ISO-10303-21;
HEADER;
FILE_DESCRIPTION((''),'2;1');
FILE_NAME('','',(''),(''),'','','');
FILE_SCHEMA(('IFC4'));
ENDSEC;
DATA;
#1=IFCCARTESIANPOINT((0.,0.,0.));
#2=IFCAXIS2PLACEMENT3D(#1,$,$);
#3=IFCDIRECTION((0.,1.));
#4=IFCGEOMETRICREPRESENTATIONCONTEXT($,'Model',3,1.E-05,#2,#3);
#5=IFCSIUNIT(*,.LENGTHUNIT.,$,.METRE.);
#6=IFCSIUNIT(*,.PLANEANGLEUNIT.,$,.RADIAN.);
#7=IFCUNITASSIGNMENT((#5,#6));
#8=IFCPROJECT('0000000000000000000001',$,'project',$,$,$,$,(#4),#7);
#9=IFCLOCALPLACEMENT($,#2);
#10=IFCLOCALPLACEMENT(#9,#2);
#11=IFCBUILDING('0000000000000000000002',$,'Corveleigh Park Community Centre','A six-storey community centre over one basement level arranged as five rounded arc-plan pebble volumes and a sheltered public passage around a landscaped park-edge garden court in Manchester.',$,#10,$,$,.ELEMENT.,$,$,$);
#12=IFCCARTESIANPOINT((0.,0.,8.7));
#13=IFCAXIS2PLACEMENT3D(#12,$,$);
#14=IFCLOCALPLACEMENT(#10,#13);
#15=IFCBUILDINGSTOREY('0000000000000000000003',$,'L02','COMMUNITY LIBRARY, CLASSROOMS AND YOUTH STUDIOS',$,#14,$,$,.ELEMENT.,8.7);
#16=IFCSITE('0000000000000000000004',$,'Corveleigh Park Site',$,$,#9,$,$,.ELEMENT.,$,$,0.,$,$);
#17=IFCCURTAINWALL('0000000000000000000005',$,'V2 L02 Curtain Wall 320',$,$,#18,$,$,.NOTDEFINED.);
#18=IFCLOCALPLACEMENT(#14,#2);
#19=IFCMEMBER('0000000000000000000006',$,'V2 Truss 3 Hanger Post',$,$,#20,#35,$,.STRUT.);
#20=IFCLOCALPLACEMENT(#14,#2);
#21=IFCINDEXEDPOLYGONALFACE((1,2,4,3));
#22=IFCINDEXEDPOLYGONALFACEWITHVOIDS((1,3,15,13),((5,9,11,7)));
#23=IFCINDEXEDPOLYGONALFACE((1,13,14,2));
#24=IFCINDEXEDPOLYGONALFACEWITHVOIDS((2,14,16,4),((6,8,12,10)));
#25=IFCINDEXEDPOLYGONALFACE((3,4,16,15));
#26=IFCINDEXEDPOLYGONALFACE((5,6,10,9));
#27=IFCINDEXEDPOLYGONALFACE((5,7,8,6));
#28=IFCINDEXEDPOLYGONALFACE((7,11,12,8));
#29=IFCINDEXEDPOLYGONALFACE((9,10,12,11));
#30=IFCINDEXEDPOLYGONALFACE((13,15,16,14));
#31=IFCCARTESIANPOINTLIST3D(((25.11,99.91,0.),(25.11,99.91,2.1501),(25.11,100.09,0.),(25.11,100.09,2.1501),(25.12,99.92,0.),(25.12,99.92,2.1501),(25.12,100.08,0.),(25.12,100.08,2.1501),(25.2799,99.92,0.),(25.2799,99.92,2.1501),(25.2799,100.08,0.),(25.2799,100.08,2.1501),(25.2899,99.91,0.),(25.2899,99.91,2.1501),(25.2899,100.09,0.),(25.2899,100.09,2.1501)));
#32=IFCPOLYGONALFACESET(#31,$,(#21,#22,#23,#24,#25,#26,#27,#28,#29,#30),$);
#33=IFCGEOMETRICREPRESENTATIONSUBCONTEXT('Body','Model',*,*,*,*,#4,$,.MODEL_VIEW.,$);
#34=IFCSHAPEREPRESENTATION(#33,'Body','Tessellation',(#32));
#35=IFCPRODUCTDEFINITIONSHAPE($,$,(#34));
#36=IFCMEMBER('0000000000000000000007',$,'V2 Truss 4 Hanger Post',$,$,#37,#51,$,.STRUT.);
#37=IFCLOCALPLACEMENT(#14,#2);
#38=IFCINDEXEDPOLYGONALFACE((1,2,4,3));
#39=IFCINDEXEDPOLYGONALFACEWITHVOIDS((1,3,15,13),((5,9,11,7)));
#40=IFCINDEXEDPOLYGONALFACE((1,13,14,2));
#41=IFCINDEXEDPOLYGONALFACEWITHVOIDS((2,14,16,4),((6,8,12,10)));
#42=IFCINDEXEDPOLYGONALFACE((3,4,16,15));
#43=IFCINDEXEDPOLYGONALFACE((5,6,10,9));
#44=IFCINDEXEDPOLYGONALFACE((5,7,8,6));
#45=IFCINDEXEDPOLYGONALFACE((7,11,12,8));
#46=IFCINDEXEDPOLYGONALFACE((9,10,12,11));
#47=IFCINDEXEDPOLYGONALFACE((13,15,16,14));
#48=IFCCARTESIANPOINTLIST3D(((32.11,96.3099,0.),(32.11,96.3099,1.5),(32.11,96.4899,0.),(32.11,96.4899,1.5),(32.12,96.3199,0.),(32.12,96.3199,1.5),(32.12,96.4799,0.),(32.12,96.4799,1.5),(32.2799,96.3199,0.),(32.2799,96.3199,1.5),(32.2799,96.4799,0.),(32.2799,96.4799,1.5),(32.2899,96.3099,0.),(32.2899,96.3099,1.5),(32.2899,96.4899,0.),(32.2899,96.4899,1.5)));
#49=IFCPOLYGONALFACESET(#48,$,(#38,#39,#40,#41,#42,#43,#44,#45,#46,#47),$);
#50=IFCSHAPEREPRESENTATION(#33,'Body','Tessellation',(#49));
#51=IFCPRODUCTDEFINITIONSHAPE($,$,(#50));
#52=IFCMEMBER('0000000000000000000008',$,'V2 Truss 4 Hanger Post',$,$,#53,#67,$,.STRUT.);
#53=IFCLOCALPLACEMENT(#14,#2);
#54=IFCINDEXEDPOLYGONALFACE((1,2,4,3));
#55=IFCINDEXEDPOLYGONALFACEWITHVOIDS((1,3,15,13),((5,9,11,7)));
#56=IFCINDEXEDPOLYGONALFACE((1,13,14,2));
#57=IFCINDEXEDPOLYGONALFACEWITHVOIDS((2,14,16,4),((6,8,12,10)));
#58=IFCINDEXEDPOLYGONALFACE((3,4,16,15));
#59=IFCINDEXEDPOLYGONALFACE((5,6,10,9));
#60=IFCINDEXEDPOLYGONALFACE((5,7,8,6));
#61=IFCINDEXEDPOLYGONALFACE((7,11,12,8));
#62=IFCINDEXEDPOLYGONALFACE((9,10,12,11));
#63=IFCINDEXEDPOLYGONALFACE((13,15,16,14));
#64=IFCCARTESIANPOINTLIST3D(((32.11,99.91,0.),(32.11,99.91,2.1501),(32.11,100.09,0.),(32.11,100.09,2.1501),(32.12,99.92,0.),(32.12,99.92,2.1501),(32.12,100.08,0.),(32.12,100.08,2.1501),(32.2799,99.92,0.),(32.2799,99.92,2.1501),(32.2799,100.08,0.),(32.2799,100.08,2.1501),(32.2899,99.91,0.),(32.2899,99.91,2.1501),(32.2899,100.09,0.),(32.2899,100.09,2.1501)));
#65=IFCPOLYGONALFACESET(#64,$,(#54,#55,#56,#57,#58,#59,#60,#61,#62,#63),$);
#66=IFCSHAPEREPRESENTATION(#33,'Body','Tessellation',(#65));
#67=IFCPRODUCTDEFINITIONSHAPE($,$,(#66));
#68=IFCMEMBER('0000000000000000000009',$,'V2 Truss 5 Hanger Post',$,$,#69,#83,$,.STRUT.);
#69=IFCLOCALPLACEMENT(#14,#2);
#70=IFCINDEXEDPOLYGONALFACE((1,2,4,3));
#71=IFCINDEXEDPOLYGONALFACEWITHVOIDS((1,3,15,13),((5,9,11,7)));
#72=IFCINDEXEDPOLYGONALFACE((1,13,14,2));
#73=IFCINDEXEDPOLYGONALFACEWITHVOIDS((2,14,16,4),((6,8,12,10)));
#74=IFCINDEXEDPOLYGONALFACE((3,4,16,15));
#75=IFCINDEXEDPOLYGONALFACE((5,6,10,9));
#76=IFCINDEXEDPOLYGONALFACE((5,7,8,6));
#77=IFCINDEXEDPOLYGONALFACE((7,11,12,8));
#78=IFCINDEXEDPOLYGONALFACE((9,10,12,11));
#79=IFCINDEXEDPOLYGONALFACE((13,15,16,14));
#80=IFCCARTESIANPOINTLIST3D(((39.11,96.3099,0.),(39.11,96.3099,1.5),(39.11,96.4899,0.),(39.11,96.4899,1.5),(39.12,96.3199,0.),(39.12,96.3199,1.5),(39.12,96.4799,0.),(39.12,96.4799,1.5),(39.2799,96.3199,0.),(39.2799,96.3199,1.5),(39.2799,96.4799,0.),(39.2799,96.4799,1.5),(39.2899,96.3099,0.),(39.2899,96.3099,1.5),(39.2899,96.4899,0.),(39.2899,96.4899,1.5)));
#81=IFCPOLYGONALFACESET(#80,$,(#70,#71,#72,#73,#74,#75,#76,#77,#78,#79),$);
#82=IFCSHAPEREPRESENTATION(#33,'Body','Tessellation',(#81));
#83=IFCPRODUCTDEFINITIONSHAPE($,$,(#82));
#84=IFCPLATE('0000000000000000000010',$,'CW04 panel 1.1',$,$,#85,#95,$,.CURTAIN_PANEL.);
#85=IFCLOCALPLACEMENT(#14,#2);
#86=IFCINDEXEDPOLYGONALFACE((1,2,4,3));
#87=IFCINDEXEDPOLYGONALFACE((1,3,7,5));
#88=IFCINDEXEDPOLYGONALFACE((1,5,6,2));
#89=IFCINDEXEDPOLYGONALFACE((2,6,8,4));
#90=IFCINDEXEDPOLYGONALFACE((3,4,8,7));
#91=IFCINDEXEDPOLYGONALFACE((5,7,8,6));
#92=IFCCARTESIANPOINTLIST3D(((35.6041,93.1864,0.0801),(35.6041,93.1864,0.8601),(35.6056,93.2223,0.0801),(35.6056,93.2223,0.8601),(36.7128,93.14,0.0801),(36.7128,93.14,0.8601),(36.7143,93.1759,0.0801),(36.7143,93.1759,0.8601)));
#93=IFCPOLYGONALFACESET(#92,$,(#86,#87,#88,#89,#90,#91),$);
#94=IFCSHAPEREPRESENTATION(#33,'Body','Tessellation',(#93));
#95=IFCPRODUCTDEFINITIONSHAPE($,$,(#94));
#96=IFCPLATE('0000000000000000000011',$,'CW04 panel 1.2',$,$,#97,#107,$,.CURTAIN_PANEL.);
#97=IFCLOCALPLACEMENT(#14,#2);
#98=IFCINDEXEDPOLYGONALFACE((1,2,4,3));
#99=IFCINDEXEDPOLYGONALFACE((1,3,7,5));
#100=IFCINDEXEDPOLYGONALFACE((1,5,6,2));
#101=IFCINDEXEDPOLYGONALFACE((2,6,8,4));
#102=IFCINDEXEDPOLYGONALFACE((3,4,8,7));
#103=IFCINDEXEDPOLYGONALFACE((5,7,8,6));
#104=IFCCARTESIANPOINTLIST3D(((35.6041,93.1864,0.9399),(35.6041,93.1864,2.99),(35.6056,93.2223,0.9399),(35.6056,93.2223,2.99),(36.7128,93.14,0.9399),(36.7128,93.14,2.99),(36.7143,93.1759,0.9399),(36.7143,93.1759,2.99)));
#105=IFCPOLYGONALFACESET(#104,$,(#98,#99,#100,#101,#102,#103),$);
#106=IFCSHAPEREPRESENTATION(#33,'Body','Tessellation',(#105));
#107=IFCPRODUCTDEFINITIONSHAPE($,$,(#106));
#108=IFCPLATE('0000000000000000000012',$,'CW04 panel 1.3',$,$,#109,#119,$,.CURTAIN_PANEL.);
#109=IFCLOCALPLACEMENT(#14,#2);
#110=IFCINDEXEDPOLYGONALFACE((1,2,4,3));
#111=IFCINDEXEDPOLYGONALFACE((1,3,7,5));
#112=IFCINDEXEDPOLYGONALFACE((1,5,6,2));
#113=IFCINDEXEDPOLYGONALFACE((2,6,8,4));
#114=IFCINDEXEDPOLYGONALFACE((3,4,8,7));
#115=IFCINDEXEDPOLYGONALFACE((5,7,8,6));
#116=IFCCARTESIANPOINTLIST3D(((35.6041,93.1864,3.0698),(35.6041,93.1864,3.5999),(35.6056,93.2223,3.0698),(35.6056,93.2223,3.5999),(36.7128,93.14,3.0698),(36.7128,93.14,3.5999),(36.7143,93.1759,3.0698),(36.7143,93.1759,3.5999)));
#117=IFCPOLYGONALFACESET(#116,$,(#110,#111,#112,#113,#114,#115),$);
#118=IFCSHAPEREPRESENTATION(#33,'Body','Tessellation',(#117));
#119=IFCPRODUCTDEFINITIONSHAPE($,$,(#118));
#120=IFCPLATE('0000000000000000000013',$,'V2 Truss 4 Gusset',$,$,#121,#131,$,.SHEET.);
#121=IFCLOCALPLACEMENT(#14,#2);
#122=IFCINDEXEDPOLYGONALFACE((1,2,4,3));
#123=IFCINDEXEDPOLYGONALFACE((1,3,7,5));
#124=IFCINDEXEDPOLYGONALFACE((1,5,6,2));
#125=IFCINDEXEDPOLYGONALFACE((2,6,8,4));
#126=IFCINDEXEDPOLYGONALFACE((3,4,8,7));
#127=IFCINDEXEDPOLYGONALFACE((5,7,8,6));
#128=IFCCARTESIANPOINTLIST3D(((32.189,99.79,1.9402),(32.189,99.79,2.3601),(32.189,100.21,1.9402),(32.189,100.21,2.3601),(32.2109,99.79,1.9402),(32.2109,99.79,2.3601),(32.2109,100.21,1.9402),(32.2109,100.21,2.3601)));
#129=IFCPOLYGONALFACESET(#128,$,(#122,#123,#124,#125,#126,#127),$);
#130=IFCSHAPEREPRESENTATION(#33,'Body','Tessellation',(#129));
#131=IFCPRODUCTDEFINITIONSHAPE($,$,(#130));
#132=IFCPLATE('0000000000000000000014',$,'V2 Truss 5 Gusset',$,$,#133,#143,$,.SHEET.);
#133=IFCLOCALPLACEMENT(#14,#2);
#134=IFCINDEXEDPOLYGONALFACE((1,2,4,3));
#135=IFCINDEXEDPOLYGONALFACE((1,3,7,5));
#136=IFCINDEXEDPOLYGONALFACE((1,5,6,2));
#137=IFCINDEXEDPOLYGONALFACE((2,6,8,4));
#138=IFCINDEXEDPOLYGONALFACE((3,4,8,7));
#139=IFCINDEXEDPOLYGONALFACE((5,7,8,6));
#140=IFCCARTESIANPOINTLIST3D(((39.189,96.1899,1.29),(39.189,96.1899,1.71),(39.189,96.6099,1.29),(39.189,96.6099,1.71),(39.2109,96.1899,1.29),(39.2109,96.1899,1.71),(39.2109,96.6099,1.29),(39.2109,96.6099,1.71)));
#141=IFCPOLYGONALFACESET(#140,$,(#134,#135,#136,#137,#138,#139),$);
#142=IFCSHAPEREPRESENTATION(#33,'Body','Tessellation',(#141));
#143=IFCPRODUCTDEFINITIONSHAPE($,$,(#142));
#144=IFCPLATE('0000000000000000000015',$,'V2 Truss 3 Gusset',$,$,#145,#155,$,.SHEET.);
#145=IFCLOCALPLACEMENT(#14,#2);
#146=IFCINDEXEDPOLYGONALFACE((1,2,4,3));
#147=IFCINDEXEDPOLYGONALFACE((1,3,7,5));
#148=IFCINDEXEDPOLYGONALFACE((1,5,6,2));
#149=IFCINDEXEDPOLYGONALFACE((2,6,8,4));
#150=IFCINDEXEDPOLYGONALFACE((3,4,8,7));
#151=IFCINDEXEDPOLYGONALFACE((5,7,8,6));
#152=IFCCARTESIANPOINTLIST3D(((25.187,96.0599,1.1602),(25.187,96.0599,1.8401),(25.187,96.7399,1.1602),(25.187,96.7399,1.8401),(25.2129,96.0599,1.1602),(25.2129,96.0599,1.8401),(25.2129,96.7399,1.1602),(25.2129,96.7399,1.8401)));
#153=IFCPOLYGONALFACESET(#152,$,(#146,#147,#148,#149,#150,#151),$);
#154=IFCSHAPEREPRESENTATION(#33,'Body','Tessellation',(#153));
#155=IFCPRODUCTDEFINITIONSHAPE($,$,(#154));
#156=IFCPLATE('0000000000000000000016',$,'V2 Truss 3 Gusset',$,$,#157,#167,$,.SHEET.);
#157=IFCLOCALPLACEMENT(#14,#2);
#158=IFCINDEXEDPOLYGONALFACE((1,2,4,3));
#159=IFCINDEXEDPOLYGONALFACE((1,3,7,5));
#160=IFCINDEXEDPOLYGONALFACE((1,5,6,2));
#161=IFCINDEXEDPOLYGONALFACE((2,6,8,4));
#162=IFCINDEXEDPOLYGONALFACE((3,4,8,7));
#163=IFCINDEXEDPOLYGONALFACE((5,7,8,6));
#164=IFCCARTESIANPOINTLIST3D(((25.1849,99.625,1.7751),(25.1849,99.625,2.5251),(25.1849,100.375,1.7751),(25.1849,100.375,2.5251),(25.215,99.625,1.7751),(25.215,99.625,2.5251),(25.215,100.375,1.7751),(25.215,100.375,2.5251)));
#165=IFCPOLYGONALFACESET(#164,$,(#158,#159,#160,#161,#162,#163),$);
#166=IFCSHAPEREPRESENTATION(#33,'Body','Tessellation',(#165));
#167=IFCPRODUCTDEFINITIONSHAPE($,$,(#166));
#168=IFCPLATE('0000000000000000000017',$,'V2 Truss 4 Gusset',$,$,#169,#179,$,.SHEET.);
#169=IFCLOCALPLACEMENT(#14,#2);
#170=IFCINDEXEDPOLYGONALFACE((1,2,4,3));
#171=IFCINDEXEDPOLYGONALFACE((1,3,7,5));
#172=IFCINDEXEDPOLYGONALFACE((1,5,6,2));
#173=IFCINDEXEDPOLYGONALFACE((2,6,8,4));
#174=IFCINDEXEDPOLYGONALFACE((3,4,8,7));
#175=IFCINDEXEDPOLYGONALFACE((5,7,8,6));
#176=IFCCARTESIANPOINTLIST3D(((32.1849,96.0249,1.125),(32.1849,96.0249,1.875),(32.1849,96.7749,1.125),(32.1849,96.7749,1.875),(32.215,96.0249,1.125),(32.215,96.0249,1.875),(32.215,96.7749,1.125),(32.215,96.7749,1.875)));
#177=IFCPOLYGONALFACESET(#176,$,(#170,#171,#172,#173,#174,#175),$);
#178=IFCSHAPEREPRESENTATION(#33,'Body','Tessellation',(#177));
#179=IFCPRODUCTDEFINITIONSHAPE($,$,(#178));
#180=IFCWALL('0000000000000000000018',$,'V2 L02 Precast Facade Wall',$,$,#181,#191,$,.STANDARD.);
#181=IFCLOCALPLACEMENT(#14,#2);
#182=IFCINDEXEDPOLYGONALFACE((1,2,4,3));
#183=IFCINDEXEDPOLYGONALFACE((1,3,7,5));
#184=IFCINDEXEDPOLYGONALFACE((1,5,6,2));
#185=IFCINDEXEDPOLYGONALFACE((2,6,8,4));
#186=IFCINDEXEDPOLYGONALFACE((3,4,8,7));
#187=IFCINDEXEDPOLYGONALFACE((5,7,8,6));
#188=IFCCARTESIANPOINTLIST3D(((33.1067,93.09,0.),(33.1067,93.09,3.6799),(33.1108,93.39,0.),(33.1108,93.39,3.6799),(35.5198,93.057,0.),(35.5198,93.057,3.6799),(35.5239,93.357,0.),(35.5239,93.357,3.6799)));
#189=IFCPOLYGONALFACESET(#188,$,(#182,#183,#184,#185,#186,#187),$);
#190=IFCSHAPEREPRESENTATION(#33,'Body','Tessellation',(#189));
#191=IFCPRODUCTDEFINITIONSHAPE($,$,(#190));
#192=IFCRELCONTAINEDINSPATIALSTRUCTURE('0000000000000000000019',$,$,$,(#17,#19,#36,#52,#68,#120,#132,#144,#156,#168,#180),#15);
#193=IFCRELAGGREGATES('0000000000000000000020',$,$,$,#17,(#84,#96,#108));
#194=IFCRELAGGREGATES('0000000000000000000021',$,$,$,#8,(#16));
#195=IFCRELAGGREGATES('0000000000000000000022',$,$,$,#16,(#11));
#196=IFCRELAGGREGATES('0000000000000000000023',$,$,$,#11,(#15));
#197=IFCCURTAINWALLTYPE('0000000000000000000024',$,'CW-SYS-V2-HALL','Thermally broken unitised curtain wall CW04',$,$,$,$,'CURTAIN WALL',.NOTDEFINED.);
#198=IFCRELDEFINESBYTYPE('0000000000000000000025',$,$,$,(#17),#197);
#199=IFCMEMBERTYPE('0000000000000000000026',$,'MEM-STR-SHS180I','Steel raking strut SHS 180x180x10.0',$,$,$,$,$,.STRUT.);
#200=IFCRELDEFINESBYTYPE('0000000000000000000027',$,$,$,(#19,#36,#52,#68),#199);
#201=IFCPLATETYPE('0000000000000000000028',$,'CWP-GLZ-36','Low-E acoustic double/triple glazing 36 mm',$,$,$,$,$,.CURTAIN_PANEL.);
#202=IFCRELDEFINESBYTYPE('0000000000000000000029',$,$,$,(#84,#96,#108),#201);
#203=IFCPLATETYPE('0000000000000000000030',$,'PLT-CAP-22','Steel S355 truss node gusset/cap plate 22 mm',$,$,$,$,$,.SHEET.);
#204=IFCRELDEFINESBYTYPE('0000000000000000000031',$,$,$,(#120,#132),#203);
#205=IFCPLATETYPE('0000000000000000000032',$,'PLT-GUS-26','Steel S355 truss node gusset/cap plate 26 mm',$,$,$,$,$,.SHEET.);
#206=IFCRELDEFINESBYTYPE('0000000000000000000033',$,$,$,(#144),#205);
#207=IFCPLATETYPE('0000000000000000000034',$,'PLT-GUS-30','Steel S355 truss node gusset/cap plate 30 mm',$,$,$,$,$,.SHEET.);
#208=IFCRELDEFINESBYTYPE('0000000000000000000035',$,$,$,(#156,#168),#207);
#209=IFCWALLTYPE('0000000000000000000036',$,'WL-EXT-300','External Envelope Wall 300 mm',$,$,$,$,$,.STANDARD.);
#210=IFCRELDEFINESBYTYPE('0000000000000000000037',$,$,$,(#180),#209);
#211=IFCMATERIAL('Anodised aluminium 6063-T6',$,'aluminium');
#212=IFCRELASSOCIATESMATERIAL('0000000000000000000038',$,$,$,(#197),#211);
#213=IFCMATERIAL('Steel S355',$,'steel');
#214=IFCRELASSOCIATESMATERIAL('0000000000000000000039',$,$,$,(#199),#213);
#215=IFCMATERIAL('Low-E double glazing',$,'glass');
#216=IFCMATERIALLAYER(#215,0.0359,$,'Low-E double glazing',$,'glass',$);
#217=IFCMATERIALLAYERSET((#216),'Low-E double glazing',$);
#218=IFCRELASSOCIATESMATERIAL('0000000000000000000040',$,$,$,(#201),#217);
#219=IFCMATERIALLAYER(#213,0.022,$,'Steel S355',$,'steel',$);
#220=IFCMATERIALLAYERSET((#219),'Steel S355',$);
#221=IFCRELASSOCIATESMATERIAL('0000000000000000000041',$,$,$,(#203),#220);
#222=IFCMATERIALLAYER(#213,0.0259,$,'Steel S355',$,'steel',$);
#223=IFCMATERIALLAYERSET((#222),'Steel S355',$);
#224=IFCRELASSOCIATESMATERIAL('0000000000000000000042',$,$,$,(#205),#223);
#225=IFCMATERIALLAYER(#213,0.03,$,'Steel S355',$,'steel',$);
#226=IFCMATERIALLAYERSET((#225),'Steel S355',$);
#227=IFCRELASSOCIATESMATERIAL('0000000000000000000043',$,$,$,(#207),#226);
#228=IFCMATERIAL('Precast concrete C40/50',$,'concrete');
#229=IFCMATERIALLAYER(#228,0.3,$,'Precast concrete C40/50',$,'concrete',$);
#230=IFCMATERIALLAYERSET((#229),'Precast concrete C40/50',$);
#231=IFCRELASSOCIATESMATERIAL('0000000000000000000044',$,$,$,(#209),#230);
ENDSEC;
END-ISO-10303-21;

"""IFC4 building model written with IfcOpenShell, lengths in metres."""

from ifc_helpers import new_model, si_unit, direction, frame, frame_2d, origin, origin_2d, place, context, subcontext, project, spatial, rectangle, hollow_rectangle, extrude, material, layer, layer_set, material_profile, profile_set, type_object, element, aggregate, save


model = new_model("IFC4")

# Units and contexts
model_context = context("Model", 3, precision=1e-05, world=origin(), true_north=direction((0.0, 1.0)))
body_context = subcontext(model_context, "Body", "Model", "MODEL_VIEW")
ifc_project = project(units=[si_unit("LENGTHUNIT", "METRE"), si_unit("PLANEANGLEUNIT", "RADIAN")], contexts=[model_context])

# Site, building, storey
site_placement = place(None, origin())
site = spatial("IfcSite", under=ifc_project, at=site_placement, Name="Corveleigh Park Site", CompositionType="ELEMENT", RefElevation=0.0)
building_placement = place(site_placement, origin())
building = spatial("IfcBuilding", under=site, at=building_placement, Name="Corveleigh Park Community Centre", Description="A six-storey community centre over one basement level arranged as five rounded arc-plan pebble volumes and a sheltered public passage around a landscaped park-edge garden court in Manchester.", CompositionType="ELEMENT")
storey_placement = place(building_placement, frame((0.0, 0.0, 8.7)))
storey = spatial("IfcBuildingStorey", under=building, at=storey_placement, Name="L02", Description="COMMUNITY LIBRARY, CLASSROOMS AND YOUTH STUDIOS", CompositionType="ELEMENT", Elevation=8.7)

# Curtain wall
ifc_material_1 = material(Name="Anodised aluminium 6063-T6", Category="aluminium")
curtain_wall_type = type_object("IfcCurtainWallType", Name="CW-SYS-V2-HALL", Description="Thermally broken unitised curtain wall CW04", ElementType="CURTAIN WALL", PredefinedType="NOTDEFINED", material=ifc_material_1)
curtain_wall_1_placement = place(storey_placement, origin())
curtain_wall_1 = element("IfcCurtainWall", 1, at=curtain_wall_1_placement, inside=storey, type_object=curtain_wall_type, Name="V2 L02 Curtain Wall 320", PredefinedType="NOTDEFINED")

# Members
ifc_material_2 = material(Name="Steel S355", Category="steel")
ifc_material_profile_1 = material_profile(ifc_material_2, hollow_rectangle(XDim=0.1799, YDim=0.1799, WallThickness=0.01, at=origin_2d()), Name="SHS 180x180x10.0", Category="steel")
ifc_profile_set_1 = profile_set([ifc_material_profile_1], Name="Steel S355")
member_type_1 = type_object("IfcMemberType", Name="MEM-STR-SHS180I", Description="Steel raking strut SHS 180x180x10.0", PredefinedType="STRUT", material=ifc_profile_set_1)
member_1_placement = place(storey_placement, frame((25.2, 100.0, 0.0), z_axis=(0.0, 0.0, 1.0), x_axis=(1.0, 0.0, 0.0)))
element("IfcMember", 2, at=member_1_placement, inside=storey, type_object=member_type_1, Name="V2 Truss 3 Hanger Post", PredefinedType="STRUT", context=body_context, shape_type="SweptSolid", body=[
    extrude(hollow_rectangle(XDim=0.1799, YDim=0.1799, WallThickness=0.01, at=origin_2d()), origin(), (0.0, 0.0, 1.0), 2.1501),
])
member_2_placement = place(storey_placement, frame((32.2, 96.3999, 0.0), z_axis=(0.0, 0.0, 1.0), x_axis=(1.0, 0.0, 0.0)))
element("IfcMember", 3, at=member_2_placement, inside=storey, type_object=member_type_1, Name="V2 Truss 4 Hanger Post", PredefinedType="STRUT", context=body_context, shape_type="SweptSolid", body=[
    extrude(hollow_rectangle(XDim=0.1799, YDim=0.1799, WallThickness=0.01, at=origin_2d()), origin(), (0.0, 0.0, 1.0), 1.5),
])
member_3_placement = place(storey_placement, frame((32.2, 100.0, 0.0), z_axis=(0.0, 0.0, 1.0), x_axis=(1.0, 0.0, 0.0)))
element("IfcMember", 4, at=member_3_placement, inside=storey, type_object=member_type_1, Name="V2 Truss 4 Hanger Post", PredefinedType="STRUT", context=body_context, shape_type="SweptSolid", body=[
    extrude(hollow_rectangle(XDim=0.1799, YDim=0.1799, WallThickness=0.01, at=origin_2d()), origin(), (0.0, 0.0, 1.0), 2.1501),
])
member_4_placement = place(storey_placement, frame((39.2, 96.3999, 0.0), z_axis=(0.0, 0.0, 1.0), x_axis=(1.0, 0.0, 0.0)))
element("IfcMember", 5, at=member_4_placement, inside=storey, type_object=member_type_1, Name="V2 Truss 5 Hanger Post", PredefinedType="STRUT", context=body_context, shape_type="SweptSolid", body=[
    extrude(hollow_rectangle(XDim=0.1799, YDim=0.1799, WallThickness=0.01, at=origin_2d()), origin(), (0.0, 0.0, 1.0), 1.5),
])

# Plates
ifc_material_3 = material(Name="Low-E double glazing", Category="glass")
ifc_layer_1 = layer(ifc_material_3, 0.0359, Name="Low-E double glazing", Category="glass")
ifc_layer_set_1 = layer_set([ifc_layer_1], Name="Low-E double glazing")
plate_type_1 = type_object("IfcPlateType", Name="CWP-GLZ-36", Description="Low-E acoustic double/triple glazing 36 mm", PredefinedType="CURTAIN_PANEL", material=ifc_layer_set_1)
plate_1_placement = place(storey_placement, frame((36.1592, 93.1812, 0.0801), z_axis=(0.0, 0.0, 1.0), x_axis=(0.999124, -0.041837, 0.0)))
plate_1 = element("IfcPlate", 6, at=plate_1_placement, type_object=plate_type_1, Name="CW04 panel 1.1", PredefinedType="CURTAIN_PANEL", context=body_context, shape_type="SweptSolid", body=[
    extrude(rectangle(XDim=1.1096, YDim=0.0359, at=origin_2d()), origin(), (0.0, 0.0, 1.0), 0.78),
])
plate_2_placement = place(storey_placement, frame((36.1592, 93.1812, 0.9399), z_axis=(0.0, 0.0, 1.0), x_axis=(0.999124, -0.041837, 0.0)))
plate_2 = element("IfcPlate", 7, at=plate_2_placement, type_object=plate_type_1, Name="CW04 panel 1.2", PredefinedType="CURTAIN_PANEL", context=body_context, shape_type="SweptSolid", body=[
    extrude(rectangle(XDim=1.1096, YDim=0.0359, at=origin_2d()), origin(), (0.0, 0.0, 1.0), 2.05),
])
plate_3_placement = place(storey_placement, frame((36.1592, 93.1812, 3.0698), z_axis=(0.0, 0.0, 1.0), x_axis=(0.999124, -0.041837, 0.0)))
plate_3 = element("IfcPlate", 8, at=plate_3_placement, type_object=plate_type_1, Name="CW04 panel 1.3", PredefinedType="CURTAIN_PANEL", context=body_context, shape_type="SweptSolid", body=[
    extrude(rectangle(XDim=1.1096, YDim=0.0359, at=origin_2d()), origin(), (0.0, 0.0, 1.0), 0.53),
])
aggregate(curtain_wall_1, [plate_1, plate_2, plate_3])

# Plates
ifc_layer_2 = layer(ifc_material_2, 0.022, Name="Steel S355", Category="steel")
ifc_layer_set_2 = layer_set([ifc_layer_2], Name="Steel S355")
plate_type_2 = type_object("IfcPlateType", Name="PLT-CAP-22", Description="Steel S355 truss node gusset/cap plate 22 mm", PredefinedType="SHEET", material=ifc_layer_set_2)
for number, where, z_axis, x_axis, name in (
    (9, (32.2, 100.0, 1.9402), (0.0, 0.0, 1.0), (0.0, 1.0, 0.0), "V2 Truss 4 Gusset"),
    (10, (39.2, 96.3999, 1.29), (0.0, 0.0, 1.0), (0.0, 1.0, 0.0), "V2 Truss 5 Gusset"),
):
    element("IfcPlate", number, at=place(storey_placement, frame(where, z_axis=z_axis, x_axis=x_axis)), inside=storey, type_object=plate_type_2, Name=name, PredefinedType="SHEET", context=body_context, shape_type="SweptSolid", body=[
        extrude(rectangle(XDim=0.4199, YDim=0.022, at=origin_2d()), origin(), (0.0, 0.0, 1.0), 0.4199),
    ])
ifc_layer_3 = layer(ifc_material_2, 0.0259, Name="Steel S355", Category="steel")
ifc_layer_set_3 = layer_set([ifc_layer_3], Name="Steel S355")
plate_type_3 = type_object("IfcPlateType", Name="PLT-GUS-26", Description="Steel S355 truss node gusset/cap plate 26 mm", PredefinedType="SHEET", material=ifc_layer_set_3)
plate_4_placement = place(storey_placement, frame((25.2, 96.3999, 1.1602), z_axis=(0.0, 0.0, 1.0), x_axis=(0.0, 1.0, 0.0)))
element("IfcPlate", 11, at=plate_4_placement, inside=storey, type_object=plate_type_3, Name="V2 Truss 3 Gusset", PredefinedType="SHEET", context=body_context, shape_type="SweptSolid", body=[
    extrude(rectangle(XDim=0.6799, YDim=0.0259, at=origin_2d()), origin(), (0.0, 0.0, 1.0), 0.6799),
])
ifc_layer_4 = layer(ifc_material_2, 0.03, Name="Steel S355", Category="steel")
ifc_layer_set_4 = layer_set([ifc_layer_4], Name="Steel S355")
plate_type_4 = type_object("IfcPlateType", Name="PLT-GUS-30", Description="Steel S355 truss node gusset/cap plate 30 mm", PredefinedType="SHEET", material=ifc_layer_set_4)
for number, where, z_axis, x_axis, name in (
    (12, (25.2, 100.0, 1.7751), (0.0, 0.0, 1.0), (0.0, 1.0, 0.0), "V2 Truss 3 Gusset"),
    (13, (32.2, 96.3999, 1.125), (0.0, 0.0, 1.0), (0.0, 1.0, 0.0), "V2 Truss 4 Gusset"),
):
    element("IfcPlate", number, at=place(storey_placement, frame(where, z_axis=z_axis, x_axis=x_axis)), inside=storey, type_object=plate_type_4, Name=name, PredefinedType="SHEET", context=body_context, shape_type="SweptSolid", body=[
        extrude(rectangle(XDim=0.75, YDim=0.03, at=origin_2d()), origin(), (0.0, 0.0, 1.0), 0.75),
    ])

# Wall
ifc_material_4 = material(Name="Precast concrete C40/50", Category="concrete")
ifc_layer_5 = layer(ifc_material_4, 0.3, Name="Precast concrete C40/50", Category="concrete")
ifc_layer_set_5 = layer_set([ifc_layer_5], Name="Precast concrete C40/50")
wall_type = type_object("IfcWallType", Name="WL-EXT-300", Description="External Envelope Wall 300 mm", PredefinedType="STANDARD", material=ifc_layer_set_5)
wall_placement = place(storey_placement, frame((33.1089, 93.24, 0.0), z_axis=(0.0, 0.0, 1.0), x_axis=(0.999907, -0.013657, 0.0)))
element("IfcWall", 14, at=wall_placement, inside=storey, type_object=wall_type, Name="V2 L02 Precast Facade Wall", PredefinedType="STANDARD", context=body_context, shape_type="SweptSolid", body=[
    extrude(rectangle(XDim=2.4133, YDim=0.3, at=frame_2d((1.2065, 0.0))), origin(), (0.0, 0.0, 1.0), 3.6799),
])

save(model, "model.ifc")
